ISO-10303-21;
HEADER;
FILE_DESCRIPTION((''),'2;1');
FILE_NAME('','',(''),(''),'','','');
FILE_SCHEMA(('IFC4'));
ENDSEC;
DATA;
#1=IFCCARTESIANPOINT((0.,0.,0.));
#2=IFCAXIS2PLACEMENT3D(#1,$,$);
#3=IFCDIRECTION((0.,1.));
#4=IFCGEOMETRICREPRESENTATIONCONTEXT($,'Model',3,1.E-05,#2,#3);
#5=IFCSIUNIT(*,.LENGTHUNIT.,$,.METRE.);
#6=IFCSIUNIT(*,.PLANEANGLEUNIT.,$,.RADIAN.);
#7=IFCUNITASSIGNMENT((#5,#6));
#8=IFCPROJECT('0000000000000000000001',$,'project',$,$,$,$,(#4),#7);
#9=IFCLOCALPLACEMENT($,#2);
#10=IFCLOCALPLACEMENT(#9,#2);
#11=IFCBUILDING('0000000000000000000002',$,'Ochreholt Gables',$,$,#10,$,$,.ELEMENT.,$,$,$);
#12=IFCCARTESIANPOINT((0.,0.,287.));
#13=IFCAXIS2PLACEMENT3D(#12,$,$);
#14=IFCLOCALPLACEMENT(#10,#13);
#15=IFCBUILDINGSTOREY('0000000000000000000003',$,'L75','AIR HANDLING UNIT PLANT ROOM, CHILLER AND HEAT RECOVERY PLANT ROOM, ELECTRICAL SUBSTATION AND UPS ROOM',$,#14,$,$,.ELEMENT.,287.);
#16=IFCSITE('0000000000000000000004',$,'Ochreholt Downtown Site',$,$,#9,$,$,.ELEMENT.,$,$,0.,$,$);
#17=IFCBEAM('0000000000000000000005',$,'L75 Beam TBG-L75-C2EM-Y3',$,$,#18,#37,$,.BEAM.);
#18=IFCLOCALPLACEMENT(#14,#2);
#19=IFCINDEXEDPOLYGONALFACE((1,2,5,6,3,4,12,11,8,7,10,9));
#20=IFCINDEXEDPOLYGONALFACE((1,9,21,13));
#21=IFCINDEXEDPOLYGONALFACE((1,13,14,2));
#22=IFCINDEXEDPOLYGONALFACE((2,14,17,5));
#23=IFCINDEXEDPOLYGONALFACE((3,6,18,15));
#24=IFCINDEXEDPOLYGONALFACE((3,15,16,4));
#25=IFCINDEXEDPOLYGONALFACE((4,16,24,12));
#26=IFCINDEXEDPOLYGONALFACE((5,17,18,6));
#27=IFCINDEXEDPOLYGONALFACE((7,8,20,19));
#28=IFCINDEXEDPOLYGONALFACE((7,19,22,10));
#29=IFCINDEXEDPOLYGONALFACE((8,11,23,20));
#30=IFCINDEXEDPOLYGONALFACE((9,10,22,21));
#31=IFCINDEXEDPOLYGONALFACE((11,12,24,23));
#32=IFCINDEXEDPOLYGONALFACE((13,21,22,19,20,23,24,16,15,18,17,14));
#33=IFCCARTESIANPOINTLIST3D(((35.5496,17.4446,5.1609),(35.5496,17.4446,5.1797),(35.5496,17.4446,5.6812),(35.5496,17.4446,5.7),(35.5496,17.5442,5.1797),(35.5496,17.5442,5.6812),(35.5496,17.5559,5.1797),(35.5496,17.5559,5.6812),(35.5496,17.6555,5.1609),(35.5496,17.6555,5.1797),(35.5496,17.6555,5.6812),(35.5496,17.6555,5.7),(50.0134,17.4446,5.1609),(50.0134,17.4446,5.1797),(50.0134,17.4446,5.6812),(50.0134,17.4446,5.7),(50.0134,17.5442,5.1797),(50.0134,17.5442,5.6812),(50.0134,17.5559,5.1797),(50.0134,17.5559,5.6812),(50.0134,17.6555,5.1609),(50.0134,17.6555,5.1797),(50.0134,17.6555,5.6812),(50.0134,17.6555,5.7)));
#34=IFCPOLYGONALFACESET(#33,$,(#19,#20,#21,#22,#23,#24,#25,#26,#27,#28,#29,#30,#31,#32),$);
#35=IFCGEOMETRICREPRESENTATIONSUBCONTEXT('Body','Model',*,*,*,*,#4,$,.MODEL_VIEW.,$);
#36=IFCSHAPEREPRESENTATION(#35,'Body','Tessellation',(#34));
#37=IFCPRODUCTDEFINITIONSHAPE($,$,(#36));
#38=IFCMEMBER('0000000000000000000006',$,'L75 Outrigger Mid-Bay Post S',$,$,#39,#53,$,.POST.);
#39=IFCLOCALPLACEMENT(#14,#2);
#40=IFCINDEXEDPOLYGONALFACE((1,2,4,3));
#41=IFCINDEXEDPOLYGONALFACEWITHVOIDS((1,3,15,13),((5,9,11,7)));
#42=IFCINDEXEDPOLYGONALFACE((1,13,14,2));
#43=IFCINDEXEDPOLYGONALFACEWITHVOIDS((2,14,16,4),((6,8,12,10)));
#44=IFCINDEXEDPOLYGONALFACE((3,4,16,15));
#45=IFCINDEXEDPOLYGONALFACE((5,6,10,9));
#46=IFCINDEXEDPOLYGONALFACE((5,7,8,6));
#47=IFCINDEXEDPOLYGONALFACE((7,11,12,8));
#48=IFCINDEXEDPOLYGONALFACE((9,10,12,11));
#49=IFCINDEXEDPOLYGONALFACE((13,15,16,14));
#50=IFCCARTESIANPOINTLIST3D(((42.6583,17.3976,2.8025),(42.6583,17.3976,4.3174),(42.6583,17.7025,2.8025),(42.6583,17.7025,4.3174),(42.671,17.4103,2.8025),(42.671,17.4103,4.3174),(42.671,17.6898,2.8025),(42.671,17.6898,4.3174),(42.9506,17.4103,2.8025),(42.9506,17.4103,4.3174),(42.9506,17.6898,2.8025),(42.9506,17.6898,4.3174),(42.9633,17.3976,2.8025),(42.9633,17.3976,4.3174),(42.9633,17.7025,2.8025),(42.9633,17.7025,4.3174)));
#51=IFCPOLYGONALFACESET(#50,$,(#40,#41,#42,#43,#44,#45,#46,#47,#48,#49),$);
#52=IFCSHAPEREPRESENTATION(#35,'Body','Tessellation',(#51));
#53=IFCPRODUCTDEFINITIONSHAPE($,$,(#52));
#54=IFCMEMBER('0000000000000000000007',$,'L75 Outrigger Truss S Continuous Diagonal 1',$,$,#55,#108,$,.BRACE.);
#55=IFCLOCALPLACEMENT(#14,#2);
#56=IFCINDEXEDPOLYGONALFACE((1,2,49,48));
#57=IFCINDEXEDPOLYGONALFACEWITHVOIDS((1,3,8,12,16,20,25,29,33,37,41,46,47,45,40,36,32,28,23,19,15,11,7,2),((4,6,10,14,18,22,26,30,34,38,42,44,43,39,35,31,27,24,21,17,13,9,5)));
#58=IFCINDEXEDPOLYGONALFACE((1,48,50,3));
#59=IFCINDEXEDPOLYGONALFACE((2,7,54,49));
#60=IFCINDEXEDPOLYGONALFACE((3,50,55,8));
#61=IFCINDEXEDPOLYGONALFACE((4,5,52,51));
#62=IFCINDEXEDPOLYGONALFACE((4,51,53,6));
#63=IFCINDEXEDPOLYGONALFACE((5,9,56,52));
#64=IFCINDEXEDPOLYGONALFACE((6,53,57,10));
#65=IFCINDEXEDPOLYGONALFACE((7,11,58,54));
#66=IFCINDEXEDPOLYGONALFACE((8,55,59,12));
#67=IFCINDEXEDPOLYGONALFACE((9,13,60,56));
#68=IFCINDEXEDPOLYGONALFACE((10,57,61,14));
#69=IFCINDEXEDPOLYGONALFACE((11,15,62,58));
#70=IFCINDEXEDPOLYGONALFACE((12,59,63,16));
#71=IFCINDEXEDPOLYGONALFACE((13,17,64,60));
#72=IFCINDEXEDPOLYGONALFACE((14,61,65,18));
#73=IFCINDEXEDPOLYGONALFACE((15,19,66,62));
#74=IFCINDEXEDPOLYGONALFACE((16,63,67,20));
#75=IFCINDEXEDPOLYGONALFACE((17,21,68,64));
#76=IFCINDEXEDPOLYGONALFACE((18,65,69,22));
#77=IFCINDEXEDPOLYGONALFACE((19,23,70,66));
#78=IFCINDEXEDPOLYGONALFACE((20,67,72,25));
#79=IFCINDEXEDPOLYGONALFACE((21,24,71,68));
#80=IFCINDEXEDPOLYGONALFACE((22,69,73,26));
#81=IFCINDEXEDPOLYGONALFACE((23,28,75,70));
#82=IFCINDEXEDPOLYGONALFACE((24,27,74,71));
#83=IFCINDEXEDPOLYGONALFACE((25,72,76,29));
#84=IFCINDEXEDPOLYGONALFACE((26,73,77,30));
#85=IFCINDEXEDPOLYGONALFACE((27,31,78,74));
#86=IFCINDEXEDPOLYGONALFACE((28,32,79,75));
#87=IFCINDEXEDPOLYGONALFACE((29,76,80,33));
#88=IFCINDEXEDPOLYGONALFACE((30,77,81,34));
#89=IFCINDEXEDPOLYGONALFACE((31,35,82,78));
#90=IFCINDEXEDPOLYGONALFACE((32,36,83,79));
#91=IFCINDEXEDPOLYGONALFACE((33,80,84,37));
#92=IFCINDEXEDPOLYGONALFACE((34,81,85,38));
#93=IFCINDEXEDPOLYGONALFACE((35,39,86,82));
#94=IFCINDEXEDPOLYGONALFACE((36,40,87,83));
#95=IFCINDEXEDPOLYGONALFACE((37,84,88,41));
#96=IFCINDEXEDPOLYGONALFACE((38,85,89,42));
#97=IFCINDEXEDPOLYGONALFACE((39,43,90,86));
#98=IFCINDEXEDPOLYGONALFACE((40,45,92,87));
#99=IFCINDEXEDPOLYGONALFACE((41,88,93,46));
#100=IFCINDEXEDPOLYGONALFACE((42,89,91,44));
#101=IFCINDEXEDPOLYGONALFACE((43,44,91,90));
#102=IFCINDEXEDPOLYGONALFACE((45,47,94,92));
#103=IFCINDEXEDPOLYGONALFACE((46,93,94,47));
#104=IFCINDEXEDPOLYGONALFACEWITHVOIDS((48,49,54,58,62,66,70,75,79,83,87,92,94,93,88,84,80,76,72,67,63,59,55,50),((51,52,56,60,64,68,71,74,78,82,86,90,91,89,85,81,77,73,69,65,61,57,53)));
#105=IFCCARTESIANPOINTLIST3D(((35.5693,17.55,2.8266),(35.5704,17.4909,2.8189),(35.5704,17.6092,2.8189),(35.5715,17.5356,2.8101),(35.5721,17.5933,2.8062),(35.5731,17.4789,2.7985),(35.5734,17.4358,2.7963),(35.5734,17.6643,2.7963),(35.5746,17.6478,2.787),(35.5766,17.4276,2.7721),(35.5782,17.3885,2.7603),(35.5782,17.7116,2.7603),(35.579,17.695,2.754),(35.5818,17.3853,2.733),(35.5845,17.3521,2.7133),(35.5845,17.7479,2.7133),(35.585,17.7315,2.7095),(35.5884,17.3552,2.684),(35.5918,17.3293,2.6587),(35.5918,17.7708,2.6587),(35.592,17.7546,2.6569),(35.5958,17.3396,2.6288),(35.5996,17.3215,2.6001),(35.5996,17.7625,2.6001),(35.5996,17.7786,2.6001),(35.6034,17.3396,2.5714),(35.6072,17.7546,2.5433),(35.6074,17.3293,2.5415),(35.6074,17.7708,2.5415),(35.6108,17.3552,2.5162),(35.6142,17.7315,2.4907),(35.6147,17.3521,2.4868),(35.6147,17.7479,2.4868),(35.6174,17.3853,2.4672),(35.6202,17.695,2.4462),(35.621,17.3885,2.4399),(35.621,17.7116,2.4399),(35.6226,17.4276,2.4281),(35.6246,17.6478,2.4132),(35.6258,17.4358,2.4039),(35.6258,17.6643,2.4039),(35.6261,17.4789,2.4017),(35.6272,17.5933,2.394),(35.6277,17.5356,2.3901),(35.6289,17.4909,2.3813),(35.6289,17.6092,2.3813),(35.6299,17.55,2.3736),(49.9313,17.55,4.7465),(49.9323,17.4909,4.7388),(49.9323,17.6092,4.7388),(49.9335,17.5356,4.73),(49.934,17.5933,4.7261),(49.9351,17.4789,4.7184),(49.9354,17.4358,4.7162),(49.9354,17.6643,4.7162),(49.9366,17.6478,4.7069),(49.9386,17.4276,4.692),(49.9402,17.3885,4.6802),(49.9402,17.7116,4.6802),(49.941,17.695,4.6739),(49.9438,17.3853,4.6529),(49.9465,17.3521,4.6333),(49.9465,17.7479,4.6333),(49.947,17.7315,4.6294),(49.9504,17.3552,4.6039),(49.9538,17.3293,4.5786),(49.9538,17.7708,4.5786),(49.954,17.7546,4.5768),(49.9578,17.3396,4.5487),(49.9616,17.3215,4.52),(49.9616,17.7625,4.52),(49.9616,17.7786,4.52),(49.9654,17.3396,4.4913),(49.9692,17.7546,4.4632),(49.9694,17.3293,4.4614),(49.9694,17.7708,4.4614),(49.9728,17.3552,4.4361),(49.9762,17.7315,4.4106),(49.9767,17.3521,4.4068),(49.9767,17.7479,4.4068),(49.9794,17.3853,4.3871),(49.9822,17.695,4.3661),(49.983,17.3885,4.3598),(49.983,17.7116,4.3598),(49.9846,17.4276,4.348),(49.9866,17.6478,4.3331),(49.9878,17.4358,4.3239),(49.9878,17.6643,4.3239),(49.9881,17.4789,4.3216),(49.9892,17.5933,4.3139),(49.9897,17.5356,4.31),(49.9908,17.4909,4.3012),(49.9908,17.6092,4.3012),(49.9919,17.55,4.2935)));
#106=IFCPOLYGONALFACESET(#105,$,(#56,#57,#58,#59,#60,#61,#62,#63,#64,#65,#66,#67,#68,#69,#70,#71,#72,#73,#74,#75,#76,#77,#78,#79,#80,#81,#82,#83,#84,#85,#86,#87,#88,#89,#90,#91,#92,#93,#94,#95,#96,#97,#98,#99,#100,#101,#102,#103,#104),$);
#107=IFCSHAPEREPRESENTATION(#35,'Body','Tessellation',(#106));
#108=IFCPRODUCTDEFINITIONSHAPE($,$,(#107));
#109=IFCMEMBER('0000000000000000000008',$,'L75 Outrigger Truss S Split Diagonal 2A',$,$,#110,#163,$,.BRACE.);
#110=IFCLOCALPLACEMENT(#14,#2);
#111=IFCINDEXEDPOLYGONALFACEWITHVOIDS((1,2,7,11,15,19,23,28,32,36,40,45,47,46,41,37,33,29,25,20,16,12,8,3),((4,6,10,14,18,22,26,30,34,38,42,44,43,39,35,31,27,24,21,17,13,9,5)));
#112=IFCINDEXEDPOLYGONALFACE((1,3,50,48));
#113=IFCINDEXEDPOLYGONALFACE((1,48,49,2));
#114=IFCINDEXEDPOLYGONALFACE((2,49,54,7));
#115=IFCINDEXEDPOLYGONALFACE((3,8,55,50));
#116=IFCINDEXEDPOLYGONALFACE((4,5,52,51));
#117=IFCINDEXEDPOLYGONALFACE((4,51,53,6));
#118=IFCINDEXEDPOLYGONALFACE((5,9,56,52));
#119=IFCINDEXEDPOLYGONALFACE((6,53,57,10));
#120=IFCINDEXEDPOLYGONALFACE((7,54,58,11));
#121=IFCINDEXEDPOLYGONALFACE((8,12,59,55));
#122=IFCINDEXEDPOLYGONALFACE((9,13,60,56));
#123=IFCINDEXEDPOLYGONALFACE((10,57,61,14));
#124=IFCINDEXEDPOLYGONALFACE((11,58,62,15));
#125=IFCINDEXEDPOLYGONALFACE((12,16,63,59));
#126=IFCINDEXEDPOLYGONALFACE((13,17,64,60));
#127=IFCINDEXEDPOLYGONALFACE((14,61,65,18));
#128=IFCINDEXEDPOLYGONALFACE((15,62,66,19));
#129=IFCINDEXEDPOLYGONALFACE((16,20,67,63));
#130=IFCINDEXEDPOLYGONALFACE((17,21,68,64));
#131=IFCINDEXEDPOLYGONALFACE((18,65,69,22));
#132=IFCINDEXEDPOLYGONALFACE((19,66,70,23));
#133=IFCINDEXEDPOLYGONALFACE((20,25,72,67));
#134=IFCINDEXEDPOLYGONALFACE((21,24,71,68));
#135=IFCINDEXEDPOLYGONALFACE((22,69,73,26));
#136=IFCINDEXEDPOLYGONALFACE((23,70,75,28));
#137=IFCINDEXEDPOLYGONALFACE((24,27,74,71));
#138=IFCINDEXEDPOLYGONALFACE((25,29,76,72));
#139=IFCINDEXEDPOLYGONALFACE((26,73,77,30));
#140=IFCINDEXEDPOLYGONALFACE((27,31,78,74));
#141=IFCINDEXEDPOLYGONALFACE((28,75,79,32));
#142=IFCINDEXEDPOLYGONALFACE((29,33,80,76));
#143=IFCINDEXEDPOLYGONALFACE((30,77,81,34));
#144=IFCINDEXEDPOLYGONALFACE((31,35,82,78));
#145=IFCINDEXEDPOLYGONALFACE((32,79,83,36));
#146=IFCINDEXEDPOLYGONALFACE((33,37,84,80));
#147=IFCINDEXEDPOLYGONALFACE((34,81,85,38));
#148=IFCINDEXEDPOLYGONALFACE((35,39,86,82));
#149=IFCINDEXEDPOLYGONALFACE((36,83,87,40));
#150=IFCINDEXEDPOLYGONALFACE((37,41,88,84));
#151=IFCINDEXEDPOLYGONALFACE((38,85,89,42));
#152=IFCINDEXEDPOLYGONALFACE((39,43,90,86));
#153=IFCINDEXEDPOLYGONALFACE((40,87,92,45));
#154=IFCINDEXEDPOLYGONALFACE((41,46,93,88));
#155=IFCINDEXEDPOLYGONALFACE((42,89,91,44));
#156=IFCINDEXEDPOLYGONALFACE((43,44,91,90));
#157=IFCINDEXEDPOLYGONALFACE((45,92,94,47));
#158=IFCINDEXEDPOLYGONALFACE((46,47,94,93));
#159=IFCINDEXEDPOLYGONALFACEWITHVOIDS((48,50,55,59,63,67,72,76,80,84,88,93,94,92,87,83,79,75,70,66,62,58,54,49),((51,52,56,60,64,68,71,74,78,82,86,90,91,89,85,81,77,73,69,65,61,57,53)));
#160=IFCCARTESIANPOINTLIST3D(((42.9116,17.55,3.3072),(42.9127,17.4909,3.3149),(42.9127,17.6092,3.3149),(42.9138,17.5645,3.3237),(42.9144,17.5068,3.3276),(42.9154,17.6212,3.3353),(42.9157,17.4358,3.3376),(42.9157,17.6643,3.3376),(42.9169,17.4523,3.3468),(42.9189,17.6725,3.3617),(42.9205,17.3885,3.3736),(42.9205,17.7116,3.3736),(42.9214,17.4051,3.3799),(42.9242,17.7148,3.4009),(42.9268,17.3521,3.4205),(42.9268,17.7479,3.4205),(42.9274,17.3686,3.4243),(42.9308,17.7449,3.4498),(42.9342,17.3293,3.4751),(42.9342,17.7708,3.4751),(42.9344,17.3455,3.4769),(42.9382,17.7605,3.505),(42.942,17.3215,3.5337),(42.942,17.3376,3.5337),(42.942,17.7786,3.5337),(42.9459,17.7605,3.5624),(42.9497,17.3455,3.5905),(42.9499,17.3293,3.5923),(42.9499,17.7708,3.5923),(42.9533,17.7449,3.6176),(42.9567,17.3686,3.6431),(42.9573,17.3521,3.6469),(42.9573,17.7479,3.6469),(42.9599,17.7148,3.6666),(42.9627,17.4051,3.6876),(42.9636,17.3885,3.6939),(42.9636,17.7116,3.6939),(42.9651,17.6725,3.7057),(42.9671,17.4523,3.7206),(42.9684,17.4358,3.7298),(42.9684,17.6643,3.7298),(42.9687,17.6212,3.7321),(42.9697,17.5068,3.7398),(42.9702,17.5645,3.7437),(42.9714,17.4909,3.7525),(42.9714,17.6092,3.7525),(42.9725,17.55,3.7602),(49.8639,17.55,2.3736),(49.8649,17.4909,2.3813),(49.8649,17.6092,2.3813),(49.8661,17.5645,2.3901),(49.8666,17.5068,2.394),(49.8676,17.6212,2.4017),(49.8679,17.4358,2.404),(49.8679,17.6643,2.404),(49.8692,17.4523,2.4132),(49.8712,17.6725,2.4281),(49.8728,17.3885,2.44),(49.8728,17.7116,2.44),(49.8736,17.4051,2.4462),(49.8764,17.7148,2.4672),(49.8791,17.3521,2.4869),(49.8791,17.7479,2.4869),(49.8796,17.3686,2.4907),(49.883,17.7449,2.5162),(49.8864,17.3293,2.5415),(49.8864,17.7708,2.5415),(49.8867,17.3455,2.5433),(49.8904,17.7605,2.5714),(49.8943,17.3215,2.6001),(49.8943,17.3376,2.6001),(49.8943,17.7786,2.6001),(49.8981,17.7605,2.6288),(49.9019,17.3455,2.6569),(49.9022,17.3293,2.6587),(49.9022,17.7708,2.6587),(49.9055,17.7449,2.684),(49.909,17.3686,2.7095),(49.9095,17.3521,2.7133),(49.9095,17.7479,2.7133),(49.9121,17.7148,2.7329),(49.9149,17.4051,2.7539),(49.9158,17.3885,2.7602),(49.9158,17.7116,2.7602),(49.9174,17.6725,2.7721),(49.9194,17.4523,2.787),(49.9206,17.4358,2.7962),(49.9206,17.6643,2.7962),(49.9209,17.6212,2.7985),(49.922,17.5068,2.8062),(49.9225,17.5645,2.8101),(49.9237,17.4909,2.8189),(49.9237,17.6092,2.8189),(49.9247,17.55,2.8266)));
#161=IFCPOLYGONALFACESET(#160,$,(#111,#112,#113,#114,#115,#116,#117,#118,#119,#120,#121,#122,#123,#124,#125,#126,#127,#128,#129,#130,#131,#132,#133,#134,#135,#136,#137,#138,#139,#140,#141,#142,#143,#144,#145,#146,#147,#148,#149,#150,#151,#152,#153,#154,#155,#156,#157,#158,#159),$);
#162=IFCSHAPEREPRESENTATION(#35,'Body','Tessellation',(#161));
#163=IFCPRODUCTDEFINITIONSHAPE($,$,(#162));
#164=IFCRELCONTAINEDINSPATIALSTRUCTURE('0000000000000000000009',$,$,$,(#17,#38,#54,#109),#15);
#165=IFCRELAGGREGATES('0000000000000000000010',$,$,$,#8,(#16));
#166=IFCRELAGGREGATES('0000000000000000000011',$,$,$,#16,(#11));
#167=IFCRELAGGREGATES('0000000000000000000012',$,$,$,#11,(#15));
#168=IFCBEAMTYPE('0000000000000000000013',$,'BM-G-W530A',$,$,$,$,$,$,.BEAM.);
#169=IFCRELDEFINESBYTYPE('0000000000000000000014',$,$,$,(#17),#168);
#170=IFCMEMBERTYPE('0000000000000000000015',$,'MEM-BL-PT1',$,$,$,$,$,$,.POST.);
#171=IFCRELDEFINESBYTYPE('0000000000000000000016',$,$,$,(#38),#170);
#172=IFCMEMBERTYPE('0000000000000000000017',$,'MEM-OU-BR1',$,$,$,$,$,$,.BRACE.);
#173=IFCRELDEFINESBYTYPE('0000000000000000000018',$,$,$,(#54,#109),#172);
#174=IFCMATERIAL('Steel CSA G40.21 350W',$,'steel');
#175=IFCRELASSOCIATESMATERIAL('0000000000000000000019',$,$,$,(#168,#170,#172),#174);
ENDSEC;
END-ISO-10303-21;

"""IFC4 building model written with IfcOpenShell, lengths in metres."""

from ifc_helpers import new_model, si_unit, direction, frame, origin, origin_2d, place, context, subcontext, project, spatial, hollow_rectangle, hollow_circle, i_section, extrude, material, material_profile, profile_set, type_object, element, save


model = new_model("IFC4")

# Units and contexts
model_context = context("Model", 3, precision=1e-05, world=origin(), true_north=direction((0.0, 1.0)))
body_context = subcontext(model_context, "Body", "Model", "MODEL_VIEW")
ifc_project = project(units=[si_unit("LENGTHUNIT", "METRE"), si_unit("PLANEANGLEUNIT", "RADIAN")], contexts=[model_context])

# Site, building, storey
site_placement = place(None, origin())
site = spatial("IfcSite", under=ifc_project, at=site_placement, Name="Ochreholt Downtown Site", CompositionType="ELEMENT", RefElevation=0.0)
building_placement = place(site_placement, origin())
building = spatial("IfcBuilding", under=site, at=building_placement, Name="Ochreholt Gables", CompositionType="ELEMENT")
storey_placement = place(building_placement, frame((0.0, 0.0, 287.0)))
storey = spatial("IfcBuildingStorey", under=building, at=storey_placement, Name="L75", Description="AIR HANDLING UNIT PLANT ROOM, CHILLER AND HEAT RECOVERY PLANT ROOM, ELECTRICAL SUBSTATION AND UPS ROOM", CompositionType="ELEMENT", Elevation=287.0)

# Beam
ifc_material_1 = material(Name="Steel CSA G40.21 350W", Category="steel")
ifc_material_profile_1 = material_profile(ifc_material_1, i_section(OverallWidth=0.2109, OverallDepth=0.5391, WebThickness=0.0117, FlangeThickness=0.0188, at=origin_2d()), Name="W530X109")
ifc_profile_set_1 = profile_set([ifc_material_profile_1], Name="Steel CSA G40.21 350W")
beam_type = type_object("IfcBeamType", Name="BM-G-W530A", PredefinedType="BEAM", material=ifc_profile_set_1)
beam_placement = place(storey_placement, frame((35.5496, 17.55, 5.4304), z_axis=(1.0, 0.0, 0.0), x_axis=(0.0, 1.0, 0.0)))
element("IfcBeam", 1, at=beam_placement, inside=storey, type_object=beam_type, Name="L75 Beam TBG-L75-C2EM-Y3", PredefinedType="BEAM", context=body_context, shape_type="SweptSolid", body=[
    extrude(i_section(OverallWidth=0.2109, OverallDepth=0.5391, WebThickness=0.0117, FlangeThickness=0.0188, at=origin_2d()), origin(), (0.0, 0.0, 1.0), 14.4639),
])

# Members
ifc_material_profile_2 = material_profile(ifc_material_1, hollow_rectangle(XDim=0.3049, YDim=0.3049, WallThickness=0.0127, at=origin_2d()), Name="HSS305X305X13")
ifc_profile_set_2 = profile_set([ifc_material_profile_2], Name="Steel CSA G40.21 350W")
member_type_1 = type_object("IfcMemberType", Name="MEM-BL-PT1", PredefinedType="POST", material=ifc_profile_set_2)
member_1_placement = place(storey_placement, frame((42.8108, 17.55, 2.8025), z_axis=(0.0, 0.0, 1.0), x_axis=(1.0, 0.0, 0.0)))
element("IfcMember", 2, at=member_1_placement, inside=storey, type_object=member_type_1, Name="L75 Outrigger Mid-Bay Post S", PredefinedType="POST", context=body_context, shape_type="SweptSolid", body=[
    extrude(hollow_rectangle(XDim=0.3049, YDim=0.3049, WallThickness=0.0127, at=origin_2d()), origin(), (0.0, 0.0, 1.0), 1.5149),
])
ifc_material_profile_3 = material_profile(ifc_material_1, hollow_circle(Radius=0.2285, WallThickness=0.0161, at=origin_2d()), Name="CHS457X16")
ifc_profile_set_3 = profile_set([ifc_material_profile_3], Name="Steel CSA G40.21 350W")
member_type_2 = type_object("IfcMemberType", Name="MEM-OU-BR1", PredefinedType="BRACE", material=ifc_profile_set_3)
member_2_placement = place(storey_placement, frame((35.5996, 17.55, 2.6001), z_axis=(0.991183, 0.0, 0.132501), x_axis=(0.0, 1.0, 0.0)))
element("IfcMember", 3, at=member_2_placement, inside=storey, type_object=member_type_2, Name="L75 Outrigger Truss S Continuous Diagonal 1", PredefinedType="BRACE", context=body_context, shape_type="SweptSolid", body=[
    extrude(hollow_circle(Radius=0.2285, WallThickness=0.0161, at=origin_2d()), origin(), (0.0, 0.0, 1.0), 14.4897),
])
member_3_placement = place(storey_placement, frame((49.8943, 17.55, 2.6001), z_axis=(-0.991103, 0.0, 0.133094), x_axis=(0.0, -1.0, 0.0)))
element("IfcMember", 4, at=member_3_placement, inside=storey, type_object=member_type_2, Name="L75 Outrigger Truss S Split Diagonal 2A", PredefinedType="BRACE", context=body_context, shape_type="SweptSolid", body=[
    extrude(hollow_circle(Radius=0.2285, WallThickness=0.0161, at=origin_2d()), origin(), (0.0, 0.0, 1.0), 7.0146),
])

save(model, "model.ifc")
